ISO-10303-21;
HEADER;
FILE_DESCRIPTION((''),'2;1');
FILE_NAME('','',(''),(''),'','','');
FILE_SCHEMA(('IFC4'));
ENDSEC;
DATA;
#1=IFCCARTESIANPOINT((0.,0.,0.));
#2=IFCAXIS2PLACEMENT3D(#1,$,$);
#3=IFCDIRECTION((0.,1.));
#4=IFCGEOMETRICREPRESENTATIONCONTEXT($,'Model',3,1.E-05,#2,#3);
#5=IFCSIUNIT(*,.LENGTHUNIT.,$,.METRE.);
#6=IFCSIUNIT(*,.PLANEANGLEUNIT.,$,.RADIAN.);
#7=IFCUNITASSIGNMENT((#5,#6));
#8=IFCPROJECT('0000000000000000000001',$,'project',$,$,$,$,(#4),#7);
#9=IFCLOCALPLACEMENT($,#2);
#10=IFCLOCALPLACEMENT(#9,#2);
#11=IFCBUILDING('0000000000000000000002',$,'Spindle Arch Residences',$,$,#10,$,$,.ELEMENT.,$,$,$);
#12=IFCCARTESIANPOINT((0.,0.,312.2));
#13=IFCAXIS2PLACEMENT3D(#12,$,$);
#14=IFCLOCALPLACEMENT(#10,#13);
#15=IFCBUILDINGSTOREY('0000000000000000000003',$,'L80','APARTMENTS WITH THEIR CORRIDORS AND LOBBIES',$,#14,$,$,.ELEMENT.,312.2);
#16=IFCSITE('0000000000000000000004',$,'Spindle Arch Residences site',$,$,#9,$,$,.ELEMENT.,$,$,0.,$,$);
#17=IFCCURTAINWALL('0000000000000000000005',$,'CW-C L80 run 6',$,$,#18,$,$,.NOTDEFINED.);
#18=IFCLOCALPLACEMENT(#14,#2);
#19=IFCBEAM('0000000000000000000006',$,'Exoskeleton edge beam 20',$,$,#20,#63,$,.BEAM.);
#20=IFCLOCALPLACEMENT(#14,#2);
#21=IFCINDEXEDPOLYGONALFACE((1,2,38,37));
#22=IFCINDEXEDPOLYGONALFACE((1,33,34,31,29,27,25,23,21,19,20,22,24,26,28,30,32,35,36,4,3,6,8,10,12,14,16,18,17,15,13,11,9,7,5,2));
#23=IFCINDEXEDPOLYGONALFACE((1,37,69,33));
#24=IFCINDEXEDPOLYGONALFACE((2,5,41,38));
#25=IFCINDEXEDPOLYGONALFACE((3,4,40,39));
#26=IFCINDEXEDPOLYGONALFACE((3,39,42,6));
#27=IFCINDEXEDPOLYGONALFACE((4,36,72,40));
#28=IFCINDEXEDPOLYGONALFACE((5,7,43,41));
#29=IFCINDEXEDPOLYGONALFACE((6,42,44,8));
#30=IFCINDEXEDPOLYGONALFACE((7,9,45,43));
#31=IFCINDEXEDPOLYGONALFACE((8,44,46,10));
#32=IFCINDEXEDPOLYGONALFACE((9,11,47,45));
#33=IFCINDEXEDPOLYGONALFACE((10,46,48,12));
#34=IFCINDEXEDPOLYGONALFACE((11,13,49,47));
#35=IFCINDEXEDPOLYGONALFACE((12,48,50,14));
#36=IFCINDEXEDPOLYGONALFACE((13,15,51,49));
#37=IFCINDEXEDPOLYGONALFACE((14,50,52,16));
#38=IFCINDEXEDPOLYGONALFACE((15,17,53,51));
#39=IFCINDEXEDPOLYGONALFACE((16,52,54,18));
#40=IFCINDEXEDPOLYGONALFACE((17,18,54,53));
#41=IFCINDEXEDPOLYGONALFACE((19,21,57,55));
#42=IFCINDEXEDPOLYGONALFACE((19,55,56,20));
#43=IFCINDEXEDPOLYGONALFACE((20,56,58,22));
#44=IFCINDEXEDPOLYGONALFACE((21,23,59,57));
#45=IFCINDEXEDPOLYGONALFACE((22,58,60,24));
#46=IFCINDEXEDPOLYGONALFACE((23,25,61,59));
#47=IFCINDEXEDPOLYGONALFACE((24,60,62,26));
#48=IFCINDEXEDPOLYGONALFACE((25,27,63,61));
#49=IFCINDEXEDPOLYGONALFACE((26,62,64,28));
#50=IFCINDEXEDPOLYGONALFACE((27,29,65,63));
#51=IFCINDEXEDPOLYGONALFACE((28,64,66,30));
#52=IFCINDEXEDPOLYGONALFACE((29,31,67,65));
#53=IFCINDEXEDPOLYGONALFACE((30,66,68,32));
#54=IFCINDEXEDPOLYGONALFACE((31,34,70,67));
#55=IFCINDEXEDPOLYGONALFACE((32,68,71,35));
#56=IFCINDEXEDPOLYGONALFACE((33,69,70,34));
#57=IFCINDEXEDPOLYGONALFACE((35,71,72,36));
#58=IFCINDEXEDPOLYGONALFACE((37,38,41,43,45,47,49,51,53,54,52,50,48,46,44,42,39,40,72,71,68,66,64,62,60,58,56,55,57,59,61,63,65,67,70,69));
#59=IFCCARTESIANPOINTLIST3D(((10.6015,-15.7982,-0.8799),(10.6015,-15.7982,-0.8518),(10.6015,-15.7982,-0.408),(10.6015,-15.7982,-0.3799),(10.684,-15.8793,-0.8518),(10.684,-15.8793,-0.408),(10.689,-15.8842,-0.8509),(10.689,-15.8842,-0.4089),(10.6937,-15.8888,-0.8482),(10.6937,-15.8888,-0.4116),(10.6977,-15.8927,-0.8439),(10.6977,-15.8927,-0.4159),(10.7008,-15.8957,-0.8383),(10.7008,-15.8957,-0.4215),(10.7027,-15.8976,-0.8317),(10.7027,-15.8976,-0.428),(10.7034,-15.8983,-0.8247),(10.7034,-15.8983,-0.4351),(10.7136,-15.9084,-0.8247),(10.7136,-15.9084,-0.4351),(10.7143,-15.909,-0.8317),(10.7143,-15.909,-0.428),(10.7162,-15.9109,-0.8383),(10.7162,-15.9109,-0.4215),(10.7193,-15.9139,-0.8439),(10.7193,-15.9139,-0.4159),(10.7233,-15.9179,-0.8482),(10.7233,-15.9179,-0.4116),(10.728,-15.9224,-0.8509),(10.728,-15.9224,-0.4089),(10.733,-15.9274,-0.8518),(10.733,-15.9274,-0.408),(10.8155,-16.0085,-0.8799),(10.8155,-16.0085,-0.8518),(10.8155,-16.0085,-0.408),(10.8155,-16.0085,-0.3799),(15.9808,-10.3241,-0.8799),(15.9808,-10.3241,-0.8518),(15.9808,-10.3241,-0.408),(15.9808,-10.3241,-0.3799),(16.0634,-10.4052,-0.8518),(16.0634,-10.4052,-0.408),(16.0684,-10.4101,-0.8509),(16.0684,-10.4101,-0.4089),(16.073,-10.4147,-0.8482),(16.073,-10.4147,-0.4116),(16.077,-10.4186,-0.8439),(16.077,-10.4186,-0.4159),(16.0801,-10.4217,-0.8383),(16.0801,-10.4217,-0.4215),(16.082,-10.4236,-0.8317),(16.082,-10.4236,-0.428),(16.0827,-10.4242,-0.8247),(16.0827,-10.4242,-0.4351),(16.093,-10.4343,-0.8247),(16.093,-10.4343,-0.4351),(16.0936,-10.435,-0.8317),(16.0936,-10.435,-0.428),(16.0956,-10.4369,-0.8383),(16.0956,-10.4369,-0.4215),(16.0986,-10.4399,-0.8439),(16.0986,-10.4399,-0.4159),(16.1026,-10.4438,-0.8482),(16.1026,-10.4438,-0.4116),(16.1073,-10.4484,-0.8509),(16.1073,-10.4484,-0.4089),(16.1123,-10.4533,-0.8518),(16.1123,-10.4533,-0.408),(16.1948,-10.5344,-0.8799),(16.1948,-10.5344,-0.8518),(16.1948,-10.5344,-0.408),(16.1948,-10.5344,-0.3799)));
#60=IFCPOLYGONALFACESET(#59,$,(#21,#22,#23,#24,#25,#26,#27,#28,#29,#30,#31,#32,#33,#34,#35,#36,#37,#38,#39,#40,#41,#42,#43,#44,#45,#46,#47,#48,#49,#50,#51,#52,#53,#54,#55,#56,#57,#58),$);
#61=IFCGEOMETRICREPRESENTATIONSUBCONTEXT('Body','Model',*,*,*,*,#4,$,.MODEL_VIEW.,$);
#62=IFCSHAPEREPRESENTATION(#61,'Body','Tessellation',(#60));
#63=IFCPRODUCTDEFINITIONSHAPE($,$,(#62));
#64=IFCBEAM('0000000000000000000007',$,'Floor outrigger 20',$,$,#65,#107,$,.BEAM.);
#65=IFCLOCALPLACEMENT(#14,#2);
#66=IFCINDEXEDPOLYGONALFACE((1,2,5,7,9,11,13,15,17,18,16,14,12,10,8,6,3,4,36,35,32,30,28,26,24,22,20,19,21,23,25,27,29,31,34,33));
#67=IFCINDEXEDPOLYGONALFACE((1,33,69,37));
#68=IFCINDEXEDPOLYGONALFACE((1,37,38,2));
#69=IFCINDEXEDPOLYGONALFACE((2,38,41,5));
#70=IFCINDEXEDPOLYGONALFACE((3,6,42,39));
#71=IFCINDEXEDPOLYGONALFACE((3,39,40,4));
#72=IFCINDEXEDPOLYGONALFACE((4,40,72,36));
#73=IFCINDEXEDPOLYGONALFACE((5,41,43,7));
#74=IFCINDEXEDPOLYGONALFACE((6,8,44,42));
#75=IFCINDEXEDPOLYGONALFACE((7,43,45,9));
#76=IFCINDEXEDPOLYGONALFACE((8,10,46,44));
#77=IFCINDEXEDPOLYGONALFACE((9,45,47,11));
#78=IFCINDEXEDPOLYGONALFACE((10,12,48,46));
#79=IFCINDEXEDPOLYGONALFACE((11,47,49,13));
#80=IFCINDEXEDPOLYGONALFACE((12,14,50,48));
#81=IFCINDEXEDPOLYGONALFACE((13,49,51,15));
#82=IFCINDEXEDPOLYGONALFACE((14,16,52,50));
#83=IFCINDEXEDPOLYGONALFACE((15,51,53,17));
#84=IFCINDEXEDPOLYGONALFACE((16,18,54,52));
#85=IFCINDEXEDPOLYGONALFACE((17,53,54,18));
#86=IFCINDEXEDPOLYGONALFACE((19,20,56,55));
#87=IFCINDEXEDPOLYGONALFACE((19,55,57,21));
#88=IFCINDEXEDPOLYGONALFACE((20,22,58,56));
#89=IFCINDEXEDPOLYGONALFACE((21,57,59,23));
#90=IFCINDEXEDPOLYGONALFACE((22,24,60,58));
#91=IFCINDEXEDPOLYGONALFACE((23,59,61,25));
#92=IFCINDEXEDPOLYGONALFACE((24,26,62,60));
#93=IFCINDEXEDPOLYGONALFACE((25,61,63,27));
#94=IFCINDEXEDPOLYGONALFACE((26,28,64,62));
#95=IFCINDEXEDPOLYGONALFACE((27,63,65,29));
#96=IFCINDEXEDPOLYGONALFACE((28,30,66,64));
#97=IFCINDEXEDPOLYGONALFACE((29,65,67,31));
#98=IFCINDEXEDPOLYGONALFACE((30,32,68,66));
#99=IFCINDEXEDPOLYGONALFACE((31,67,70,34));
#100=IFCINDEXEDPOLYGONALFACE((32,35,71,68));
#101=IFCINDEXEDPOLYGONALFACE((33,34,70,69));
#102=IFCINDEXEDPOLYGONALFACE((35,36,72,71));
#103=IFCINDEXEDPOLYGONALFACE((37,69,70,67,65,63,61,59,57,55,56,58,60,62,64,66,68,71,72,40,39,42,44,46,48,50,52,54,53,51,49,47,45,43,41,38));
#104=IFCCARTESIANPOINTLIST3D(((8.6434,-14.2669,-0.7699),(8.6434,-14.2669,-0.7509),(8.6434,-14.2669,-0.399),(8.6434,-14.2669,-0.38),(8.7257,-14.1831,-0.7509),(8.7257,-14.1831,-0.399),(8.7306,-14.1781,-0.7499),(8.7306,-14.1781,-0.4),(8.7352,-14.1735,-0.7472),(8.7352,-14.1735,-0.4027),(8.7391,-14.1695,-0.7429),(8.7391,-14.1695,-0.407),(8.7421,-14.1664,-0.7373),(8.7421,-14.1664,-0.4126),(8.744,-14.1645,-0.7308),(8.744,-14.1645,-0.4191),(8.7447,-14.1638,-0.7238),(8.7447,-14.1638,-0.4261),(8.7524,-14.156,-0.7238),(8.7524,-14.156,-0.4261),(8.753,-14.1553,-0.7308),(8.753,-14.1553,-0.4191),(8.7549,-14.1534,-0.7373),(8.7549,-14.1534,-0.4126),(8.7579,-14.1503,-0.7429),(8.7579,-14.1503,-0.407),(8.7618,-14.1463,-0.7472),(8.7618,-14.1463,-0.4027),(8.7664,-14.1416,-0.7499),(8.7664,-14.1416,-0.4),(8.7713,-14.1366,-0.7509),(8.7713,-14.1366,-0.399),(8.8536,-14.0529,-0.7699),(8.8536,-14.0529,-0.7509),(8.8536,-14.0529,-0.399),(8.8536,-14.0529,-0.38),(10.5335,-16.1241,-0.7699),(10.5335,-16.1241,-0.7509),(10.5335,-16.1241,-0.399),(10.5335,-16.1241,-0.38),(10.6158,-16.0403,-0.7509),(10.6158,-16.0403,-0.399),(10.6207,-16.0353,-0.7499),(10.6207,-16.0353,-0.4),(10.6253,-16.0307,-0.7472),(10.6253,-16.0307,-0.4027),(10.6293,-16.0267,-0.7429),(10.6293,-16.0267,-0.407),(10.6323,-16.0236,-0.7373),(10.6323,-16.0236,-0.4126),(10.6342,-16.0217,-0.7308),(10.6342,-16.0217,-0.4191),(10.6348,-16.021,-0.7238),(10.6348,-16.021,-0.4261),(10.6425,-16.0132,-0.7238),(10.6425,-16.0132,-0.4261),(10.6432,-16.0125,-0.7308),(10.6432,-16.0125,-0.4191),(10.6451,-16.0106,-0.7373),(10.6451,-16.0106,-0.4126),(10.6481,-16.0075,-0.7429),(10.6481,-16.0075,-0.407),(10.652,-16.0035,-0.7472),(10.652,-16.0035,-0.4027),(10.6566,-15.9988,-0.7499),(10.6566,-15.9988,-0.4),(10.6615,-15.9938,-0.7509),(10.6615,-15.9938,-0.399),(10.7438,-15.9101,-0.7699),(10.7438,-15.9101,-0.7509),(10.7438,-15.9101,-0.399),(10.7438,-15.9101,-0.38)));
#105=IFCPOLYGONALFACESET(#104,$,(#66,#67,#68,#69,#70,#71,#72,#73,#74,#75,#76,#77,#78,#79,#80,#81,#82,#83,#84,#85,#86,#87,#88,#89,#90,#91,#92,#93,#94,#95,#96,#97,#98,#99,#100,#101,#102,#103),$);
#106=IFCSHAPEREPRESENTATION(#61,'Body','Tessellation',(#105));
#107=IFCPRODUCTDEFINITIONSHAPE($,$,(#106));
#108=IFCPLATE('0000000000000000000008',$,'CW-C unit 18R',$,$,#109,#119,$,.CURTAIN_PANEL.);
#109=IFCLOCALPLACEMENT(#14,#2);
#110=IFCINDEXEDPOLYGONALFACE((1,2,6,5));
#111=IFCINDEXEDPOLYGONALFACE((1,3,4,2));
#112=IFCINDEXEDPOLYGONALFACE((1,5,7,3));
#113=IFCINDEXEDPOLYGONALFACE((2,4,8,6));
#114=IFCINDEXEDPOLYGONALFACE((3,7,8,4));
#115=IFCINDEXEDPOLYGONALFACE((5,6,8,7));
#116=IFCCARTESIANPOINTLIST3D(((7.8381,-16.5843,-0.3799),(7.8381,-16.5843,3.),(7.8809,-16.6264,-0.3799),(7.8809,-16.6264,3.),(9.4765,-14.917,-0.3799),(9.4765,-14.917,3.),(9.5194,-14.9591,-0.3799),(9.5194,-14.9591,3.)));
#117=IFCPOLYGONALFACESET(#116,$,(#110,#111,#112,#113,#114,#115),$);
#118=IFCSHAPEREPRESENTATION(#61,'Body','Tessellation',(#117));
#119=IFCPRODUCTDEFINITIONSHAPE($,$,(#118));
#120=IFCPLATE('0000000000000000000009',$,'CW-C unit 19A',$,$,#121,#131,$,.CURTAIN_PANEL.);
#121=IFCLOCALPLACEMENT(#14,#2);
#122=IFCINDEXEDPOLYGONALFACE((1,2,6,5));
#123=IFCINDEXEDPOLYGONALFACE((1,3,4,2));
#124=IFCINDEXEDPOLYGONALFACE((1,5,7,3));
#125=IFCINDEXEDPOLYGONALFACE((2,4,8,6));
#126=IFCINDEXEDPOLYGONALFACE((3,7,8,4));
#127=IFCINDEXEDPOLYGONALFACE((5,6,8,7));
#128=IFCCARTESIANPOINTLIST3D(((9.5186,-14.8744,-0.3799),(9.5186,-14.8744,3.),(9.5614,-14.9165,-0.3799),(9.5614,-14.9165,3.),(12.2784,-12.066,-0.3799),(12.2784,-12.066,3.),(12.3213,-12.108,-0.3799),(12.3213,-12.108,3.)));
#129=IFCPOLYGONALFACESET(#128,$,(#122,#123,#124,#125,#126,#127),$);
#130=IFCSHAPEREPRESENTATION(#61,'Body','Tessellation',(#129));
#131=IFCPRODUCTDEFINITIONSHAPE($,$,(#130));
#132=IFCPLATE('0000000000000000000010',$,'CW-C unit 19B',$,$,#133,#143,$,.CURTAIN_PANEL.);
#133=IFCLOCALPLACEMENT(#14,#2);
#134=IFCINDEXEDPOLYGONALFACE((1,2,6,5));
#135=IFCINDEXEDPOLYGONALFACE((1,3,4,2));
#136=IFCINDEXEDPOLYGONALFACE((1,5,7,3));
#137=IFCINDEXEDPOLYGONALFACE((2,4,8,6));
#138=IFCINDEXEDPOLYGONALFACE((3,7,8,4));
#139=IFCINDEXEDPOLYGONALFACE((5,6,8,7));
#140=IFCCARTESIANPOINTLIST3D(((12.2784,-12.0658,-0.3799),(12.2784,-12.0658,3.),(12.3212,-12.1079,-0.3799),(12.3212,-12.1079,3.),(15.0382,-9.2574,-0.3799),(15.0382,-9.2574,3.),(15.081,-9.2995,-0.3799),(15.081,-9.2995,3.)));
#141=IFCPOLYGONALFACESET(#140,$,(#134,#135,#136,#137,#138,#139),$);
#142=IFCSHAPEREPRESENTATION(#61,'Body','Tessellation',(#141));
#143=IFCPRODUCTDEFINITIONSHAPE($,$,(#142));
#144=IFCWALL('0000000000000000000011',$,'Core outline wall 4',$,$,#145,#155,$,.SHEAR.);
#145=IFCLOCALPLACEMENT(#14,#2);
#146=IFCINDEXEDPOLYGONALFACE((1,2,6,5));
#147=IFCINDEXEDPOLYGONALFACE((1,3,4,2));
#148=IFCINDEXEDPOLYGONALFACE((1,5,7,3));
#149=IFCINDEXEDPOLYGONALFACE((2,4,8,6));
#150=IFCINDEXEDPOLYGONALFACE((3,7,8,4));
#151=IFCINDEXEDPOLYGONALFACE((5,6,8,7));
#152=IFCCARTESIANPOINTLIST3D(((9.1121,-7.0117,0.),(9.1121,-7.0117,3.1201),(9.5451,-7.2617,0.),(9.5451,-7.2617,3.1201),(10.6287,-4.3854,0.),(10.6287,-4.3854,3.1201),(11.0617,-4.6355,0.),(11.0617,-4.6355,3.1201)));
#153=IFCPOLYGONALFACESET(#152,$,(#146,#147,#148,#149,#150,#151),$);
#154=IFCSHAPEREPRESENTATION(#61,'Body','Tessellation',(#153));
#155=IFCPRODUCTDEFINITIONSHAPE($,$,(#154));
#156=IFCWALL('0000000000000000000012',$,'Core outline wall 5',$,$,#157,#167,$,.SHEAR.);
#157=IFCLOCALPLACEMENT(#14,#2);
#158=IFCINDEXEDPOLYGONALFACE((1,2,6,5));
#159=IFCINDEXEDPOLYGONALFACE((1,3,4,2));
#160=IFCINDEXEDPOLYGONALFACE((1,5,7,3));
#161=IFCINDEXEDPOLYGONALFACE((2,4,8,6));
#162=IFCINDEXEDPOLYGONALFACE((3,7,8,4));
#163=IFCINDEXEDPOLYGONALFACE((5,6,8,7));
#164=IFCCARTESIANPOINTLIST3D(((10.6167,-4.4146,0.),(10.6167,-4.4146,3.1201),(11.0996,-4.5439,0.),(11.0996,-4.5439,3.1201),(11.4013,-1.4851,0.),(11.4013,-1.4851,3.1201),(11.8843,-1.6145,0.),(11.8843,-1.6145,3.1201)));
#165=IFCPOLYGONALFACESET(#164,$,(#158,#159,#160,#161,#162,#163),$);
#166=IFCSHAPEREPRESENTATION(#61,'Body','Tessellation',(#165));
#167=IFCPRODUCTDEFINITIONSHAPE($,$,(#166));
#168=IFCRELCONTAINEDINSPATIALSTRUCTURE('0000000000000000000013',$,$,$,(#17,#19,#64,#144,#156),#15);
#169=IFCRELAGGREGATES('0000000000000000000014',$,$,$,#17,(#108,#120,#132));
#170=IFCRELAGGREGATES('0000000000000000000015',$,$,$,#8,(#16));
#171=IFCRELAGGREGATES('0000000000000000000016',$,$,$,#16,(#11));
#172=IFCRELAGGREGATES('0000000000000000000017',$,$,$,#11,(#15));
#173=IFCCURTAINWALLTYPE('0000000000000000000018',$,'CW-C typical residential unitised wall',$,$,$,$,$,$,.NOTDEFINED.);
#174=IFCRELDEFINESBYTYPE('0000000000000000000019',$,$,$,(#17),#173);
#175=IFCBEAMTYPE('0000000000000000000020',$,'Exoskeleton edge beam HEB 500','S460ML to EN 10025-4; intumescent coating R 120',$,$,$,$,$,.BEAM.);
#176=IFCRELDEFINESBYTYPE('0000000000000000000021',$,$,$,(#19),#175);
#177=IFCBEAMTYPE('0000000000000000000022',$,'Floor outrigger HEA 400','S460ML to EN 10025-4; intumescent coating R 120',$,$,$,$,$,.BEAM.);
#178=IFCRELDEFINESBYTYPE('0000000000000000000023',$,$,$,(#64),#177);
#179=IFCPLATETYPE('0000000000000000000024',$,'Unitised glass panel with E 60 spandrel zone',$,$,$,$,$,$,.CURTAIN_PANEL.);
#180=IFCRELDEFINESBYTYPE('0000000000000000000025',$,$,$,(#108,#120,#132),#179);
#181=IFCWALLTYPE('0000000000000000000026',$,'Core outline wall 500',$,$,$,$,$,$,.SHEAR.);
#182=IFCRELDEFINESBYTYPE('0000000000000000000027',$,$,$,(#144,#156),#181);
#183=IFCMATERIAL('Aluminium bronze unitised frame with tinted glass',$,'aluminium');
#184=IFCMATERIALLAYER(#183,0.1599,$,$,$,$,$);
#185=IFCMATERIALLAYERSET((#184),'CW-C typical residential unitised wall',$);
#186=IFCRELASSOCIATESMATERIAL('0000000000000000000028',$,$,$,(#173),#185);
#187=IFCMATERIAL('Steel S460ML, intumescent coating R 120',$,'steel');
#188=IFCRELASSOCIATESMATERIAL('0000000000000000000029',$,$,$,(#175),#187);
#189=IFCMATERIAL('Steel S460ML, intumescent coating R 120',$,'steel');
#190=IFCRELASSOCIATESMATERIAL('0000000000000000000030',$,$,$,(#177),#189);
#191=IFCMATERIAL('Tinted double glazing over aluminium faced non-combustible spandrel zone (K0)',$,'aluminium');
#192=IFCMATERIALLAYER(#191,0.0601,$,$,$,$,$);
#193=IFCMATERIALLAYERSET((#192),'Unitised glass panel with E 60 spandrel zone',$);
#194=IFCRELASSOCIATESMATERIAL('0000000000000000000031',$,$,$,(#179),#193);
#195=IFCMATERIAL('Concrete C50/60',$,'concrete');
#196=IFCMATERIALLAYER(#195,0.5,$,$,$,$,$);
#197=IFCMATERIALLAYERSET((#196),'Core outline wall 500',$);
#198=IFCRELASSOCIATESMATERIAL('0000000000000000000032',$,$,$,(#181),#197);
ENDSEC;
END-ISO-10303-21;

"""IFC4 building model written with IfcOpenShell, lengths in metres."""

from ifc_helpers import new_model, si_unit, direction, frame, frame_2d, origin, origin_2d, place, context, subcontext, project, spatial, rectangle, i_section, extrude, material, layer, layer_set, material_profile, profile_set, type_object, element, aggregate, save


model = new_model("IFC4")

# Units and contexts
model_context = context("Model", 3, precision=1e-05, world=origin(), true_north=direction((0.0, 1.0)))
body_context = subcontext(model_context, "Body", "Model", "MODEL_VIEW")
ifc_project = project(units=[si_unit("LENGTHUNIT", "METRE"), si_unit("PLANEANGLEUNIT", "RADIAN")], contexts=[model_context])

# Site, building, storey
site_placement = place(None, origin())
site = spatial("IfcSite", under=ifc_project, at=site_placement, Name="Spindle Arch Residences site", CompositionType="ELEMENT", RefElevation=0.0)
building_placement = place(site_placement, origin())
building = spatial("IfcBuilding", under=site, at=building_placement, Name="Spindle Arch Residences", CompositionType="ELEMENT")
storey_placement = place(building_placement, frame((0.0, 0.0, 312.2)))
storey = spatial("IfcBuildingStorey", under=building, at=storey_placement, Name="L80", Description="APARTMENTS WITH THEIR CORRIDORS AND LOBBIES", CompositionType="ELEMENT", Elevation=312.2)

# Curtain wall
ifc_material_1 = material(Name="Aluminium bronze unitised frame with tinted glass", Category="aluminium")
ifc_layer_1 = layer(ifc_material_1, 0.1599)
ifc_layer_set_1 = layer_set([ifc_layer_1], Name="CW-C typical residential unitised wall")
curtain_wall_type = type_object("IfcCurtainWallType", Name="CW-C typical residential unitised wall", PredefinedType="NOTDEFINED", material=ifc_layer_set_1)
curtain_wall_placement = place(storey_placement, origin())
curtain_wall = element("IfcCurtainWall", 1, at=curtain_wall_placement, inside=storey, type_object=curtain_wall_type, Name="CW-C L80 run 6", PredefinedType="NOTDEFINED")

# Beams
ifc_material_2 = material(Name="Steel S460ML, intumescent coating R 120", Category="steel")
ifc_material_profile_1 = material_profile(ifc_material_2, i_section(OverallWidth=0.3, OverallDepth=0.5, WebThickness=0.0144, FlangeThickness=0.0281, FilletRadius=0.0271, at=origin_2d()), Name="HEB 500")
ifc_profile_set_1 = profile_set([ifc_material_profile_1], Name="Steel S460ML, intumescent coating R 120")
beam_type_1 = type_object("IfcBeamType", Name="Exoskeleton edge beam HEB 500", Description="S460ML to EN 10025-4; intumescent coating R 120", PredefinedType="BEAM", material=ifc_profile_set_1)
beam_1_placement = place(storey_placement, frame((10.7085, -15.9033, -0.6299), z_axis=(0.700909, 0.713251, 0.0), x_axis=(-0.713251, 0.700909, 0.0)))
element("IfcBeam", 2, at=beam_1_placement, inside=storey, type_object=beam_type_1, Name="Exoskeleton edge beam 20", PredefinedType="BEAM", context=body_context, shape_type="SweptSolid", body=[
    extrude(i_section(OverallWidth=0.3, OverallDepth=0.5, WebThickness=0.0144, FlangeThickness=0.0281, FilletRadius=0.0271, at=origin_2d()), origin(), (0.0, 0.0, 1.0), 7.6748),
])
ifc_material_3 = material(Name="Steel S460ML, intumescent coating R 120", Category="steel")
ifc_material_profile_2 = material_profile(ifc_material_3, i_section(OverallWidth=0.3, OverallDepth=0.3899, WebThickness=0.011, FlangeThickness=0.019, FilletRadius=0.0271, at=origin_2d()), Name="HEA 400")
ifc_profile_set_2 = profile_set([ifc_material_profile_2], Name="Steel S460ML, intumescent coating R 120")
beam_type_2 = type_object("IfcBeamType", Name="Floor outrigger HEA 400", Description="S460ML to EN 10025-4; intumescent coating R 120", PredefinedType="BEAM", material=ifc_profile_set_2)
beam_2_placement = place(storey_placement, frame((10.6387, -16.0171, -0.575), z_axis=(-0.713298, 0.70086, 0.0), x_axis=(-0.70086, -0.713298, 0.0)))
element("IfcBeam", 3, at=beam_2_placement, inside=storey, type_object=beam_type_2, Name="Floor outrigger 20", PredefinedType="BEAM", context=body_context, shape_type="SweptSolid", body=[
    extrude(i_section(OverallWidth=0.3, OverallDepth=0.3899, WebThickness=0.011, FlangeThickness=0.019, FilletRadius=0.0271, at=origin_2d()), origin(), (0.0, 0.0, 1.0), 2.6499),
])

# Plates
ifc_material_4 = material(Name="Tinted double glazing over aluminium faced non-combustible spandrel zone (K0)", Category="aluminium")
ifc_layer_2 = layer(ifc_material_4, 0.0601)
ifc_layer_set_2 = layer_set([ifc_layer_2], Name="Unitised glass panel with E 60 spandrel zone")
plate_type = type_object("IfcPlateType", Name="Unitised glass panel with E 60 spandrel zone", PredefinedType="CURTAIN_PANEL", material=ifc_layer_set_2)
plate_1_placement = place(storey_placement, frame((8.6787, -15.7717, -0.3799), z_axis=(0.0, 0.0, 1.0), x_axis=(0.700909, 0.71325, 0.0)))
plate_1 = element("IfcPlate", 4, at=plate_1_placement, type_object=plate_type, Name="CW-C unit 18R", PredefinedType="CURTAIN_PANEL", context=body_context, shape_type="SweptSolid", body=[
    extrude(rectangle(XDim=2.3376, YDim=0.0601, at=origin_2d()), origin(), (0.0, 0.0, 1.0), 3.3799),
])
plate_2_placement = place(storey_placement, frame((10.9199, -13.4912, -0.3799), z_axis=(0.0, 0.0, 1.0), x_axis=(0.700909, 0.71325, 0.0)))
plate_2 = element("IfcPlate", 5, at=plate_2_placement, type_object=plate_type, Name="CW-C unit 19A", PredefinedType="CURTAIN_PANEL", context=body_context, shape_type="SweptSolid", body=[
    extrude(rectangle(XDim=3.9375, YDim=0.0601, at=origin_2d()), origin(), (0.0, 0.0, 1.0), 3.3799),
])
plate_3_placement = place(storey_placement, frame((13.6797, -10.6826, -0.3799), z_axis=(0.0, 0.0, 1.0), x_axis=(0.700909, 0.71325, 0.0)))
plate_3 = element("IfcPlate", 6, at=plate_3_placement, type_object=plate_type, Name="CW-C unit 19B", PredefinedType="CURTAIN_PANEL", context=body_context, shape_type="SweptSolid", body=[
    extrude(rectangle(XDim=3.9375, YDim=0.0601, at=origin_2d()), origin(), (0.0, 0.0, 1.0), 3.3799),
])
aggregate(curtain_wall, [plate_1, plate_2, plate_3])

# Walls
ifc_material_5 = material(Name="Concrete C50/60", Category="concrete")
ifc_layer_3 = layer(ifc_material_5, 0.5)
ifc_layer_set_3 = layer_set([ifc_layer_3], Name="Core outline wall 500")
wall_type_1 = type_object("IfcWallType", Name="Core outline wall 500", PredefinedType="SHEAR", material=ifc_layer_set_3)
for number, where, z_axis, x_axis, name in (
    (7, (9.3286, -7.1367, 0.0), (0.0, 0.0, 1.0), (0.500087, 0.865975, 0.0), "Core outline wall 4"),
    (8, (10.8582, -4.4792, 0.0), (0.0, 0.0, 1.0), (0.258735, 0.965948, 0.0), "Core outline wall 5"),
):
    element("IfcWall", number, at=place(storey_placement, frame(where, z_axis=z_axis, x_axis=x_axis)), inside=storey, type_object=wall_type_1, Name=name, PredefinedType="SHEAR", context=body_context, shape_type="SweptSolid", body=[
        extrude(rectangle(XDim=3.0327, YDim=0.5, at=frame_2d((1.5164, 0.0))), origin(), (0.0, 0.0, 1.0), 3.1201),
    ])

save(model, "model.ifc")
